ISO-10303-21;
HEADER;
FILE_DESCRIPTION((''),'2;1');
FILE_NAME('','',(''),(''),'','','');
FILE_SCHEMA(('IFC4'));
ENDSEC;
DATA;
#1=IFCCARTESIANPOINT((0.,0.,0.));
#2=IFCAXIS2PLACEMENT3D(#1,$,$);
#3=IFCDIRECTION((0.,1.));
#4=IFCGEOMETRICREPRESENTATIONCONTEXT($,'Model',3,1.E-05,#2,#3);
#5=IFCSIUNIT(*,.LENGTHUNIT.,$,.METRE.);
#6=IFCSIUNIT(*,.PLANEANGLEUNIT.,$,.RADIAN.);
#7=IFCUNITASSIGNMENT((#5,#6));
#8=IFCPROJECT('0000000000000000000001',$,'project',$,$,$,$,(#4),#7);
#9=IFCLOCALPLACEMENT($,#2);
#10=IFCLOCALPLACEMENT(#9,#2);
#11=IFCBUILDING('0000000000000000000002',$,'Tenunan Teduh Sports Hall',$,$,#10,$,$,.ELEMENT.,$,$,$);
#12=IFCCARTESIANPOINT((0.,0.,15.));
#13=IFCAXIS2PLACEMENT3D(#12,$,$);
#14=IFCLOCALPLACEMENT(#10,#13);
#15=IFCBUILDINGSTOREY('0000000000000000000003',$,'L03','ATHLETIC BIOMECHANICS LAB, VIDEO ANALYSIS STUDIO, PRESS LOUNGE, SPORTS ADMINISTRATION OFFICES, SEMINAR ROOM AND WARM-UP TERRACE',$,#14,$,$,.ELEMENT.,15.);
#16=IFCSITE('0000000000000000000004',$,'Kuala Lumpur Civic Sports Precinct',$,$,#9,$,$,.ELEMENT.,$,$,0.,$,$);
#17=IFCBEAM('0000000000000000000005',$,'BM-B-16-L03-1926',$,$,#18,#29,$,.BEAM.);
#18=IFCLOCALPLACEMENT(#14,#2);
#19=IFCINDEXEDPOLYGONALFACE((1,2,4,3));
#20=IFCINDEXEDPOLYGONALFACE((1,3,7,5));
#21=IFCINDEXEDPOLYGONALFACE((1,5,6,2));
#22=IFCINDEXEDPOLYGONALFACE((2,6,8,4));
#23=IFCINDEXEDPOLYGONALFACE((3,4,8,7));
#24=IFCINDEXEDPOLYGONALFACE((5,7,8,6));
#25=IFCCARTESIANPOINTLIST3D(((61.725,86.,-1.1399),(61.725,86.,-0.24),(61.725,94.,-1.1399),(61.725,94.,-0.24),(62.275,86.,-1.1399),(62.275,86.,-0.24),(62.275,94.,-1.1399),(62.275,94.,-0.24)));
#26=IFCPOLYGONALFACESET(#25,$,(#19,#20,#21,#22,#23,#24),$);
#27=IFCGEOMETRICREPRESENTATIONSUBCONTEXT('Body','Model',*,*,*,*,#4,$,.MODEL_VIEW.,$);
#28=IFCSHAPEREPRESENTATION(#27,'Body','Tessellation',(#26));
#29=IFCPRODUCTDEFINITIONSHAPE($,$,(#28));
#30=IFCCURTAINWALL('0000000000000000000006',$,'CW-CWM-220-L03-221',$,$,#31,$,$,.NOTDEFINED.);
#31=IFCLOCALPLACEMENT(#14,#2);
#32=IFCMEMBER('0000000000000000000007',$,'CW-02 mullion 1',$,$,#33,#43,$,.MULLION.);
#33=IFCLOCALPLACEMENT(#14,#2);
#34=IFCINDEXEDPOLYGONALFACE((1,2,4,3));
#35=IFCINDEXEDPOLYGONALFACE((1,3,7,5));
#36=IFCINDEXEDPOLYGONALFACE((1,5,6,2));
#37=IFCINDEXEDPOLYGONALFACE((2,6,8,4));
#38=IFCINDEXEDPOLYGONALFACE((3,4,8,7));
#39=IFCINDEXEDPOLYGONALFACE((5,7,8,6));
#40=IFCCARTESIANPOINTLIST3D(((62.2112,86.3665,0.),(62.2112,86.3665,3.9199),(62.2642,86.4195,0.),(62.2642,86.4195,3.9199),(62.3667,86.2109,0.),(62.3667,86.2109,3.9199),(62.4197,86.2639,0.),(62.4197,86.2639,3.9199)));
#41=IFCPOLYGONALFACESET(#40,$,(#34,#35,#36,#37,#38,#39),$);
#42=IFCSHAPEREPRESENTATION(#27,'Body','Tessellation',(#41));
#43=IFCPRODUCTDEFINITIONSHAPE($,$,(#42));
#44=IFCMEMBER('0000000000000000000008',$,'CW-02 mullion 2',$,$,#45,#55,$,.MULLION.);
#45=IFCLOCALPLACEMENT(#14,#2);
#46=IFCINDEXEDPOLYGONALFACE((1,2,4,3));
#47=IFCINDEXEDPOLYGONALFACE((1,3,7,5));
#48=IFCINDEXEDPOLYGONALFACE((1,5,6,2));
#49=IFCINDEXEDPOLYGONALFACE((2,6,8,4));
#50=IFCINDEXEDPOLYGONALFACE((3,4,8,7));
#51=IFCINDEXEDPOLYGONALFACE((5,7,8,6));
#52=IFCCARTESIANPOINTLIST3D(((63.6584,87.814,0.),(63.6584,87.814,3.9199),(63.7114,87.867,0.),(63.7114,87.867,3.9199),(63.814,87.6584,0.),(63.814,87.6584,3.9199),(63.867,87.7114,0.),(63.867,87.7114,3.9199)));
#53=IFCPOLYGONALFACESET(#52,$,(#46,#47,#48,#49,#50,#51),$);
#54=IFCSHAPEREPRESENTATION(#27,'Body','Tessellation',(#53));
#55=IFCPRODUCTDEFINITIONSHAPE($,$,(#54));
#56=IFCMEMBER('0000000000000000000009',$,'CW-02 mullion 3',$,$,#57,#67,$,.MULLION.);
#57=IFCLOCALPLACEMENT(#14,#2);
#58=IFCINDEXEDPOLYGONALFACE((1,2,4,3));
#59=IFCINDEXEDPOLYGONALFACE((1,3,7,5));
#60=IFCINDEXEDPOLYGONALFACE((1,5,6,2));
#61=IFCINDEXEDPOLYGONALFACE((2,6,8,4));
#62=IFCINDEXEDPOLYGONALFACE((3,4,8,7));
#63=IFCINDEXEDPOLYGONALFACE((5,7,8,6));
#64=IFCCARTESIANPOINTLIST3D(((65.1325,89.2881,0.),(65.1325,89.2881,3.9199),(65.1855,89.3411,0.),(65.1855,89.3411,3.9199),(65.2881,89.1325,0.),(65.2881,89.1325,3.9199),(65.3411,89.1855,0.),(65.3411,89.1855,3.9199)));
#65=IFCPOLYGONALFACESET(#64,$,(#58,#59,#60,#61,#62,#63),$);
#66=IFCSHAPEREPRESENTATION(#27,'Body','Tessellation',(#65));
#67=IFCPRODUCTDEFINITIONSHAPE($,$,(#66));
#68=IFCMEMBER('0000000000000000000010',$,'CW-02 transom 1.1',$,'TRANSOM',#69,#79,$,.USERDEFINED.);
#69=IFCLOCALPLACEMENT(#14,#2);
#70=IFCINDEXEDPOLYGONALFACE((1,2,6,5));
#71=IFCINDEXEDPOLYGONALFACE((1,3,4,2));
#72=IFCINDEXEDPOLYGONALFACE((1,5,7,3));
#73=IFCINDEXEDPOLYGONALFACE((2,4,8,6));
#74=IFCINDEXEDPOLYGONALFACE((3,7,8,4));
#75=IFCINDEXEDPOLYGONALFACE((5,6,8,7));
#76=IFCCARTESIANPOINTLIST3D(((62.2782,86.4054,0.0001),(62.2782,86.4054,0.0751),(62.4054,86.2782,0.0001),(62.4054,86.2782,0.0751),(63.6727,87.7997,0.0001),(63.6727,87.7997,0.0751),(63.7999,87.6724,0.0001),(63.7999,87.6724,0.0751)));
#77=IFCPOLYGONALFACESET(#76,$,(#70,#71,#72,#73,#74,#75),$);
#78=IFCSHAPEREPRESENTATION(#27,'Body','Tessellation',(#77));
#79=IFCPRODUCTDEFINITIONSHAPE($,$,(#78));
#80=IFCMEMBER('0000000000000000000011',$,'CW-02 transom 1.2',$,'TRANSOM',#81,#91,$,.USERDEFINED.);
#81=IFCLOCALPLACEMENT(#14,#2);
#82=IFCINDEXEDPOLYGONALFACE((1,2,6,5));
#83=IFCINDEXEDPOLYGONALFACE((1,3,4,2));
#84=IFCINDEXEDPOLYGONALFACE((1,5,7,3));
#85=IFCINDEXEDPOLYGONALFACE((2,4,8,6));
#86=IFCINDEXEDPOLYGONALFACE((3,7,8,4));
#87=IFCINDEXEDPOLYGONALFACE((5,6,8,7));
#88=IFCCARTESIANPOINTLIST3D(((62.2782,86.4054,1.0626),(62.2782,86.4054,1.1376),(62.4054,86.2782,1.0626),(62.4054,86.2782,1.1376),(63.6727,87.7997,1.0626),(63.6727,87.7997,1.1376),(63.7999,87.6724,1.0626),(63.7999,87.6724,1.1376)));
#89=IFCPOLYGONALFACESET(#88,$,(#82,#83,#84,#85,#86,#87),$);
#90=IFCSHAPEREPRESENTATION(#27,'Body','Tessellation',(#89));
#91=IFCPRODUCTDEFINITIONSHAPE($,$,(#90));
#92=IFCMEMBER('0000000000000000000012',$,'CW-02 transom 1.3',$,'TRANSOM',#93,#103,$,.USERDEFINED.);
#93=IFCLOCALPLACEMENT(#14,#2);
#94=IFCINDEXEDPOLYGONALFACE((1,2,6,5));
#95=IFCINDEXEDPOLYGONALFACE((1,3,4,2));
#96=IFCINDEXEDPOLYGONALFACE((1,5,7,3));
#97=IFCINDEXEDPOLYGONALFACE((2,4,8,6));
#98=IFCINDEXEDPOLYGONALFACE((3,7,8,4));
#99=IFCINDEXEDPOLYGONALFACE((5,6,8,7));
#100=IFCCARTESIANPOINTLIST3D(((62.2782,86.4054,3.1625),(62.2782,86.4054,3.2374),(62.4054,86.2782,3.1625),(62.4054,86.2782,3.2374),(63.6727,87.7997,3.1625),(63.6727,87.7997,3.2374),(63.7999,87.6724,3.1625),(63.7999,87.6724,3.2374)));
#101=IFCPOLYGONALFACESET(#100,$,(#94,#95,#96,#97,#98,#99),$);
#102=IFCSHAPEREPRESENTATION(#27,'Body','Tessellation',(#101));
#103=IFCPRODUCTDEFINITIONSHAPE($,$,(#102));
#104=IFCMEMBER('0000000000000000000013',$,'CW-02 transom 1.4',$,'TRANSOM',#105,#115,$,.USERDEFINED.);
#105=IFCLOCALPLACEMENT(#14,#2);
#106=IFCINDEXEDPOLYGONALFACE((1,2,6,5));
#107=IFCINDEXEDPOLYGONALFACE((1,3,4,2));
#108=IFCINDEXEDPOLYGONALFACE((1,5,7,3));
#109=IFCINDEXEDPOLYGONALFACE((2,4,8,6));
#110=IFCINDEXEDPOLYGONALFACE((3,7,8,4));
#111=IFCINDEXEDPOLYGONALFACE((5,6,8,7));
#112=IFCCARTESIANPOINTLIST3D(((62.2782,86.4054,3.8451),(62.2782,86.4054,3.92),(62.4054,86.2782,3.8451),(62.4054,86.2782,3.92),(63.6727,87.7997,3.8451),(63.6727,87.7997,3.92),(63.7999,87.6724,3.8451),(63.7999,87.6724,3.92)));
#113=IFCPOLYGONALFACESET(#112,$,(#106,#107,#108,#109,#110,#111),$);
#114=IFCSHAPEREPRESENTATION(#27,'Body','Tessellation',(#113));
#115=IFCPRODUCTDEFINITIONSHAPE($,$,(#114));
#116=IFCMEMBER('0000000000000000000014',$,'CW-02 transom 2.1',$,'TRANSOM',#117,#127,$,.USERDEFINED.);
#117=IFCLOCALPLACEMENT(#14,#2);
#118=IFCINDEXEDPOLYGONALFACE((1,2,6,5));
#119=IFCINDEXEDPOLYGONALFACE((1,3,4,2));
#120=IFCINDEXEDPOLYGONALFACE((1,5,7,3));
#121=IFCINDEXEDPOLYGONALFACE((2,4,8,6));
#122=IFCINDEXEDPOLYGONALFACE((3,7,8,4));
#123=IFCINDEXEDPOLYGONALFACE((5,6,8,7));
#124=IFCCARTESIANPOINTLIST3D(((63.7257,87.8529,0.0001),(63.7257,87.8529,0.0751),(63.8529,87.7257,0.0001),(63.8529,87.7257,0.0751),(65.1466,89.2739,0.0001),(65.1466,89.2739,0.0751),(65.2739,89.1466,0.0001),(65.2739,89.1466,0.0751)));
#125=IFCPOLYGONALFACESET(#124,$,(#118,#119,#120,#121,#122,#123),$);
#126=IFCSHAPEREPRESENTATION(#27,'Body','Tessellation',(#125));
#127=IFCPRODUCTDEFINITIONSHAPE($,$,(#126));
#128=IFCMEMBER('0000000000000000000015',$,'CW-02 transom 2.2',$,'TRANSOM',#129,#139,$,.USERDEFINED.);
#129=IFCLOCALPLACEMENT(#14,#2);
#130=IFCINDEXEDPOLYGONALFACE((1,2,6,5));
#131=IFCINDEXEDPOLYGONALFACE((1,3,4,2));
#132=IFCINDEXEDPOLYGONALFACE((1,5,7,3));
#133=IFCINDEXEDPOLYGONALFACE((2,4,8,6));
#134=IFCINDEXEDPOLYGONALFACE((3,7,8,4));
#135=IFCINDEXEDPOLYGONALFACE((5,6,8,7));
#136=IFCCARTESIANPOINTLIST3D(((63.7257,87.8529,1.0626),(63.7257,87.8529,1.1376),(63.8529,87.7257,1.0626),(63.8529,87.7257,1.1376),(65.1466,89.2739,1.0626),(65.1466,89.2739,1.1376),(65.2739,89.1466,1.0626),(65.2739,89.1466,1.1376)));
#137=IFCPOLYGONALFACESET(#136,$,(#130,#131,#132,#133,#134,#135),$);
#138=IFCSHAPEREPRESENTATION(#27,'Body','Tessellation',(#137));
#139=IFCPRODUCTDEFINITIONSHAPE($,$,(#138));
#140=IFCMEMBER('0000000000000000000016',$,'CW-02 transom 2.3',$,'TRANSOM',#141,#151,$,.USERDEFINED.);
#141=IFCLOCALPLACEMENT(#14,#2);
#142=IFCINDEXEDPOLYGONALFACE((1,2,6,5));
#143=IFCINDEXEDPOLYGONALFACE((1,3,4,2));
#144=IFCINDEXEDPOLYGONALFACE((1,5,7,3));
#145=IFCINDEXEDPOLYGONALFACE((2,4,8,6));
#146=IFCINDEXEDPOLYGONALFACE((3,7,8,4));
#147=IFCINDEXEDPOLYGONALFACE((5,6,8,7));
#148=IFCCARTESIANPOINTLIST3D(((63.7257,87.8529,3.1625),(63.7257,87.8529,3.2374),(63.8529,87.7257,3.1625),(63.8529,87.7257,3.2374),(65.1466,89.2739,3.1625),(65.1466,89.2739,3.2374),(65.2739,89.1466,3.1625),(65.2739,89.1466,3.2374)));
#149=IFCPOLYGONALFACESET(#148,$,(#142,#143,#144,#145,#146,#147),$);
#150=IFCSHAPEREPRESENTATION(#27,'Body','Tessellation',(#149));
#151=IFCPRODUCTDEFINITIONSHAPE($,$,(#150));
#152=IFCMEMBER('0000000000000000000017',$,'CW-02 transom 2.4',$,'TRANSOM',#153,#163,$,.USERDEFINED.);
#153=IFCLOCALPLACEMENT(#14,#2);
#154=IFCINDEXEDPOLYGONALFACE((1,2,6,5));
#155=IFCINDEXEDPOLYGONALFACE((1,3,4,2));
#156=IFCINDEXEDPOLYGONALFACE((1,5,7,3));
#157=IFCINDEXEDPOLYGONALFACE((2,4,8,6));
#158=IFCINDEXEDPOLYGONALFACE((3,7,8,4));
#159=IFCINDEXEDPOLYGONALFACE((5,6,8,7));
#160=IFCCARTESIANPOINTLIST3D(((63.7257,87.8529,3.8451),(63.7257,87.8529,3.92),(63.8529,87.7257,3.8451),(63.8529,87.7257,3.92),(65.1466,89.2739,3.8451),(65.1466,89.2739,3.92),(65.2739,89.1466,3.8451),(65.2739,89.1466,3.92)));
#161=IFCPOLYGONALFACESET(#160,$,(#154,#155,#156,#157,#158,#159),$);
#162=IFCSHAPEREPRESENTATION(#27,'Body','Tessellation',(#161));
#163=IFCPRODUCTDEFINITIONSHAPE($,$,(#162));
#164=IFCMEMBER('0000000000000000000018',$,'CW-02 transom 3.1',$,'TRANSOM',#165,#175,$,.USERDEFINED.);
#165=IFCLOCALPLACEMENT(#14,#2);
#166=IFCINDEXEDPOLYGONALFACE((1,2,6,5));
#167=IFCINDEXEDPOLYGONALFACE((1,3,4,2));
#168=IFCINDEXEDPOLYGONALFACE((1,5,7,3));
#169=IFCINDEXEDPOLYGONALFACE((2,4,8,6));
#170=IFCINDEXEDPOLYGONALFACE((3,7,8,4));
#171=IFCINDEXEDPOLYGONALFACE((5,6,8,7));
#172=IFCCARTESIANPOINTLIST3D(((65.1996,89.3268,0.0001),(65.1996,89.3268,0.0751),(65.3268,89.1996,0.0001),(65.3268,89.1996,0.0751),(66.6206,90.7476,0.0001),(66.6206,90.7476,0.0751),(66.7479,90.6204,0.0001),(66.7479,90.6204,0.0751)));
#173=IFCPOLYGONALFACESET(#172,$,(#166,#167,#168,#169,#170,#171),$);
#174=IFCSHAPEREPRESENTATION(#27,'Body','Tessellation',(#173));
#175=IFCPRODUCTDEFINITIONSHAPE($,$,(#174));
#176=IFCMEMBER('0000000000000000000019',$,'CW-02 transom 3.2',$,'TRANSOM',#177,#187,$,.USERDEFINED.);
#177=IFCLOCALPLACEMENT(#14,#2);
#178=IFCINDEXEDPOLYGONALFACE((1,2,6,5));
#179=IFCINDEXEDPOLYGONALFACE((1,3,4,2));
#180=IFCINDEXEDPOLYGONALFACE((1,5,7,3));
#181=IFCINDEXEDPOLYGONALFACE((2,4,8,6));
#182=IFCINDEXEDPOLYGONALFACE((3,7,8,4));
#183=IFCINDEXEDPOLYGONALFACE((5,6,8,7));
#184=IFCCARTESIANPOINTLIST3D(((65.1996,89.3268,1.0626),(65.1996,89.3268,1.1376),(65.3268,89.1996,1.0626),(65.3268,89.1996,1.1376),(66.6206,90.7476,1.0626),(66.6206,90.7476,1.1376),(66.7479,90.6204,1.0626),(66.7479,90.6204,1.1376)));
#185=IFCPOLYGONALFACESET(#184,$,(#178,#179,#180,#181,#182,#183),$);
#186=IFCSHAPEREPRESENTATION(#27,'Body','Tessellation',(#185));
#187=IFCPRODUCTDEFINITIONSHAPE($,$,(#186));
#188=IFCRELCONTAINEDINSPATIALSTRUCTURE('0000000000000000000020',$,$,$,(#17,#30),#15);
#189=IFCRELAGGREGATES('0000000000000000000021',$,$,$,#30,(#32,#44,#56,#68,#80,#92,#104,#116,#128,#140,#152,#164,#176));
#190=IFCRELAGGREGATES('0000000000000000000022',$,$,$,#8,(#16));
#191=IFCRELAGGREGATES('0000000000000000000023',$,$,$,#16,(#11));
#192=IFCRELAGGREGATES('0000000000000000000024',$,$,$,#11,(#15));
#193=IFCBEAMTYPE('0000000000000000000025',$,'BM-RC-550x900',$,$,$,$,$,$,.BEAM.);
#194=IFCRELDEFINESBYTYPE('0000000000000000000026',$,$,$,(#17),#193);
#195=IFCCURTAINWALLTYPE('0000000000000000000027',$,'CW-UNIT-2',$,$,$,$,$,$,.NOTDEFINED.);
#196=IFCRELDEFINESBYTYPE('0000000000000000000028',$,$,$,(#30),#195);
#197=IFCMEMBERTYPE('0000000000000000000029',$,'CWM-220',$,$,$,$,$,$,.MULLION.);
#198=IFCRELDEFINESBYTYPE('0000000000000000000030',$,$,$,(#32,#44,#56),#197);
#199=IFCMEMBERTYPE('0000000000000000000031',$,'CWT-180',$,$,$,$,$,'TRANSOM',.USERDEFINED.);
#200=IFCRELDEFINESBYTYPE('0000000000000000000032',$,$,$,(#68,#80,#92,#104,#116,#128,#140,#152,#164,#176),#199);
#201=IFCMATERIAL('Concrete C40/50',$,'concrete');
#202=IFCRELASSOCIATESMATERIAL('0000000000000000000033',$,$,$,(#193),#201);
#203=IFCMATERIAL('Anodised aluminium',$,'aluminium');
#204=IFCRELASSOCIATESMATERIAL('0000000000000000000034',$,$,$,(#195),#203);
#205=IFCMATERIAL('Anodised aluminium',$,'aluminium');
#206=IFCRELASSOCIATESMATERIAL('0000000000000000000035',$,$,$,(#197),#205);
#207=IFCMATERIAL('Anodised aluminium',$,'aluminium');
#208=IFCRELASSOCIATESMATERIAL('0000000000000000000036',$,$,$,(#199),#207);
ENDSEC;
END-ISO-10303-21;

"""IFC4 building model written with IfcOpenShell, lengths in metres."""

from ifc_helpers import new_model, si_unit, direction, frame, origin, origin_2d, place, context, subcontext, project, spatial, rectangle, extrude, material, material_profile, profile_set, type_object, element, aggregate, save


model = new_model("IFC4")

# Units and contexts
model_context = context("Model", 3, precision=1e-05, world=origin(), true_north=direction((0.0, 1.0)))
body_context = subcontext(model_context, "Body", "Model", "MODEL_VIEW")
ifc_project = project(units=[si_unit("LENGTHUNIT", "METRE"), si_unit("PLANEANGLEUNIT", "RADIAN")], contexts=[model_context])

# Site, building, storey
site_placement = place(None, origin())
site = spatial("IfcSite", under=ifc_project, at=site_placement, Name="Kuala Lumpur Civic Sports Precinct", CompositionType="ELEMENT", RefElevation=0.0)
building_placement = place(site_placement, origin())
building = spatial("IfcBuilding", under=site, at=building_placement, Name="Tenunan Teduh Sports Hall", CompositionType="ELEMENT")
storey_placement = place(building_placement, frame((0.0, 0.0, 15.0)))
storey = spatial("IfcBuildingStorey", under=building, at=storey_placement, Name="L03", Description="ATHLETIC BIOMECHANICS LAB, VIDEO ANALYSIS STUDIO, PRESS LOUNGE, SPORTS ADMINISTRATION OFFICES, SEMINAR ROOM AND WARM-UP TERRACE", CompositionType="ELEMENT", Elevation=15.0)

# Beam
ifc_material_1 = material(Name="Concrete C40/50", Category="concrete")
ifc_material_profile_1 = material_profile(ifc_material_1, rectangle(XDim=0.55, YDim=0.8999, at=origin_2d()), Name="RCB 550x900")
ifc_profile_set_1 = profile_set([ifc_material_profile_1], Name="Concrete C40/50")
beam_type = type_object("IfcBeamType", Name="BM-RC-550x900", PredefinedType="BEAM", material=ifc_profile_set_1)
beam_placement = place(storey_placement, frame((62.0, 86.0, -0.6899), z_axis=(0.0, 1.0, 0.0), x_axis=(-1.0, 0.0, 0.0)))
element("IfcBeam", 1, at=beam_placement, inside=storey, type_object=beam_type, Name="BM-B-16-L03-1926", PredefinedType="BEAM", context=body_context, shape_type="SweptSolid", body=[
    extrude(rectangle(XDim=0.55, YDim=0.8999, at=origin_2d()), origin(), (0.0, 0.0, 1.0), 8.0),
])

# Curtain wall, members
ifc_material_2 = material(Name="Anodised aluminium", Category="aluminium")
curtain_wall_type = type_object("IfcCurtainWallType", Name="CW-UNIT-2", PredefinedType="NOTDEFINED", material=ifc_material_2)
curtain_wall_placement = place(storey_placement, origin())
curtain_wall = element("IfcCurtainWall", 2, at=curtain_wall_placement, inside=storey, type_object=curtain_wall_type, Name="CW-CWM-220-L03-221", PredefinedType="NOTDEFINED")
ifc_material_3 = material(Name="Anodised aluminium", Category="aluminium")
ifc_material_profile_2 = material_profile(ifc_material_3, rectangle(XDim=0.075, YDim=0.22, at=origin_2d()), Name="CWM 75x220")
ifc_profile_set_2 = profile_set([ifc_material_profile_2], Name="Anodised aluminium")
member_type_1 = type_object("IfcMemberType", Name="CWM-220", PredefinedType="MULLION", material=ifc_profile_set_2)
member_1_placement = place(storey_placement, frame((62.3154, 86.3152, 0.0), z_axis=(0.0, 0.0, 1.0), x_axis=(0.707102, 0.707112, 0.0)))
member_1 = element("IfcMember", 3, at=member_1_placement, type_object=member_type_1, Name="CW-02 mullion 1", PredefinedType="MULLION", context=body_context, shape_type="SweptSolid", body=[
    extrude(rectangle(XDim=0.075, YDim=0.22, at=origin_2d()), origin(), (0.0, 0.0, 1.0), 3.9199),
])
member_2_placement = place(storey_placement, frame((63.7627, 87.7627, 0.0), z_axis=(0.0, 0.0, 1.0), x_axis=(0.707102, 0.707112, 0.0)))
member_2 = element("IfcMember", 4, at=member_2_placement, type_object=member_type_1, Name="CW-02 mullion 2", PredefinedType="MULLION", context=body_context, shape_type="SweptSolid", body=[
    extrude(rectangle(XDim=0.075, YDim=0.22, at=origin_2d()), origin(), (0.0, 0.0, 1.0), 3.9199),
])
member_3_placement = place(storey_placement, frame((65.2368, 89.2368, 0.0), z_axis=(0.0, 0.0, 1.0), x_axis=(0.707102, 0.707112, 0.0)))
member_3 = element("IfcMember", 5, at=member_3_placement, type_object=member_type_1, Name="CW-02 mullion 3", PredefinedType="MULLION", context=body_context, shape_type="SweptSolid", body=[
    extrude(rectangle(XDim=0.075, YDim=0.22, at=origin_2d()), origin(), (0.0, 0.0, 1.0), 3.9199),
])
ifc_material_4 = material(Name="Anodised aluminium", Category="aluminium")
ifc_material_profile_3 = material_profile(ifc_material_4, rectangle(XDim=0.075, YDim=0.1799, at=origin_2d()), Name="CWT 75x180")
ifc_profile_set_3 = profile_set([ifc_material_profile_3], Name="Anodised aluminium")
member_type_2 = type_object("IfcMemberType", Name="CWT-180", ElementType="TRANSOM", PredefinedType="USERDEFINED", material=ifc_profile_set_3)
member_4_placement = place(storey_placement, frame((62.3418, 86.3418, 0.0376), z_axis=(0.707169, 0.707045, 0.0), x_axis=(0.0, 0.0, 1.0)))
member_4 = element("IfcMember", 6, at=member_4_placement, type_object=member_type_2, Name="CW-02 transom 1.1", ObjectType="TRANSOM", PredefinedType="USERDEFINED", context=body_context, shape_type="SweptSolid", body=[
    extrude(rectangle(XDim=0.075, YDim=0.1799, at=origin_2d()), origin(), (0.0, 0.0, 1.0), 1.9719),
])
member_5_placement = place(storey_placement, frame((62.3418, 86.3418, 1.1001), z_axis=(0.707169, 0.707045, 0.0), x_axis=(0.0, 0.0, 1.0)))
member_5 = element("IfcMember", 7, at=member_5_placement, type_object=member_type_2, Name="CW-02 transom 1.2", ObjectType="TRANSOM", PredefinedType="USERDEFINED", context=body_context, shape_type="SweptSolid", body=[
    extrude(rectangle(XDim=0.075, YDim=0.1799, at=origin_2d()), origin(), (0.0, 0.0, 1.0), 1.9719),
])
member_6_placement = place(storey_placement, frame((62.3418, 86.3418, 3.2), z_axis=(0.707169, 0.707045, 0.0), x_axis=(0.0, 0.0, 1.0)))
member_6 = element("IfcMember", 8, at=member_6_placement, type_object=member_type_2, Name="CW-02 transom 1.3", ObjectType="TRANSOM", PredefinedType="USERDEFINED", context=body_context, shape_type="SweptSolid", body=[
    extrude(rectangle(XDim=0.075, YDim=0.1799, at=origin_2d()), origin(), (0.0, 0.0, 1.0), 1.9719),
])
member_7_placement = place(storey_placement, frame((62.3418, 86.3418, 3.8826), z_axis=(0.707169, 0.707045, 0.0), x_axis=(0.0, 0.0, 1.0)))
member_7 = element("IfcMember", 9, at=member_7_placement, type_object=member_type_2, Name="CW-02 transom 1.4", ObjectType="TRANSOM", PredefinedType="USERDEFINED", context=body_context, shape_type="SweptSolid", body=[
    extrude(rectangle(XDim=0.075, YDim=0.1799, at=origin_2d()), origin(), (0.0, 0.0, 1.0), 1.9719),
])
member_8_placement = place(storey_placement, frame((63.7893, 87.7893, 0.0376), z_axis=(0.707107, 0.707107, 0.0), x_axis=(0.0, 0.0, 1.0)))
member_8 = element("IfcMember", 10, at=member_8_placement, type_object=member_type_2, Name="CW-02 transom 2.1", ObjectType="TRANSOM", PredefinedType="USERDEFINED", context=body_context, shape_type="SweptSolid", body=[
    extrude(rectangle(XDim=0.075, YDim=0.1799, at=origin_2d()), origin(), (0.0, 0.0, 1.0), 2.0095),
])
member_9_placement = place(storey_placement, frame((63.7893, 87.7893, 1.1001), z_axis=(0.707107, 0.707107, 0.0), x_axis=(0.0, 0.0, 1.0)))
member_9 = element("IfcMember", 11, at=member_9_placement, type_object=member_type_2, Name="CW-02 transom 2.2", ObjectType="TRANSOM", PredefinedType="USERDEFINED", context=body_context, shape_type="SweptSolid", body=[
    extrude(rectangle(XDim=0.075, YDim=0.1799, at=origin_2d()), origin(), (0.0, 0.0, 1.0), 2.0095),
])
member_10_placement = place(storey_placement, frame((63.7893, 87.7893, 3.2), z_axis=(0.707107, 0.707107, 0.0), x_axis=(0.0, 0.0, 1.0)))
member_10 = element("IfcMember", 12, at=member_10_placement, type_object=member_type_2, Name="CW-02 transom 2.3", ObjectType="TRANSOM", PredefinedType="USERDEFINED", context=body_context, shape_type="SweptSolid", body=[
    extrude(rectangle(XDim=0.075, YDim=0.1799, at=origin_2d()), origin(), (0.0, 0.0, 1.0), 2.0095),
])
member_11_placement = place(storey_placement, frame((63.7893, 87.7893, 3.8826), z_axis=(0.707107, 0.707107, 0.0), x_axis=(0.0, 0.0, 1.0)))
member_11 = element("IfcMember", 13, at=member_11_placement, type_object=member_type_2, Name="CW-02 transom 2.4", ObjectType="TRANSOM", PredefinedType="USERDEFINED", context=body_context, shape_type="SweptSolid", body=[
    extrude(rectangle(XDim=0.075, YDim=0.1799, at=origin_2d()), origin(), (0.0, 0.0, 1.0), 2.0095),
])
member_12_placement = place(storey_placement, frame((65.2632, 89.2632, 0.0376), z_axis=(0.707168, 0.707046, 0.0), x_axis=(0.0, 0.0, 1.0)))
member_12 = element("IfcMember", 14, at=member_12_placement, type_object=member_type_2, Name="CW-02 transom 3.1", ObjectType="TRANSOM", PredefinedType="USERDEFINED", context=body_context, shape_type="SweptSolid", body=[
    extrude(rectangle(XDim=0.075, YDim=0.1799, at=origin_2d()), origin(), (0.0, 0.0, 1.0), 2.0095),
])
member_13_placement = place(storey_placement, frame((65.2632, 89.2632, 1.1001), z_axis=(0.707168, 0.707046, 0.0), x_axis=(0.0, 0.0, 1.0)))
member_13 = element("IfcMember", 15, at=member_13_placement, type_object=member_type_2, Name="CW-02 transom 3.2", ObjectType="TRANSOM", PredefinedType="USERDEFINED", context=body_context, shape_type="SweptSolid", body=[
    extrude(rectangle(XDim=0.075, YDim=0.1799, at=origin_2d()), origin(), (0.0, 0.0, 1.0), 2.0095),
])
aggregate(curtain_wall, [member_1, member_2, member_3, member_4, member_5, member_6, member_7, member_8, member_9, member_10, member_11, member_12, member_13])

save(model, "model.ifc")
